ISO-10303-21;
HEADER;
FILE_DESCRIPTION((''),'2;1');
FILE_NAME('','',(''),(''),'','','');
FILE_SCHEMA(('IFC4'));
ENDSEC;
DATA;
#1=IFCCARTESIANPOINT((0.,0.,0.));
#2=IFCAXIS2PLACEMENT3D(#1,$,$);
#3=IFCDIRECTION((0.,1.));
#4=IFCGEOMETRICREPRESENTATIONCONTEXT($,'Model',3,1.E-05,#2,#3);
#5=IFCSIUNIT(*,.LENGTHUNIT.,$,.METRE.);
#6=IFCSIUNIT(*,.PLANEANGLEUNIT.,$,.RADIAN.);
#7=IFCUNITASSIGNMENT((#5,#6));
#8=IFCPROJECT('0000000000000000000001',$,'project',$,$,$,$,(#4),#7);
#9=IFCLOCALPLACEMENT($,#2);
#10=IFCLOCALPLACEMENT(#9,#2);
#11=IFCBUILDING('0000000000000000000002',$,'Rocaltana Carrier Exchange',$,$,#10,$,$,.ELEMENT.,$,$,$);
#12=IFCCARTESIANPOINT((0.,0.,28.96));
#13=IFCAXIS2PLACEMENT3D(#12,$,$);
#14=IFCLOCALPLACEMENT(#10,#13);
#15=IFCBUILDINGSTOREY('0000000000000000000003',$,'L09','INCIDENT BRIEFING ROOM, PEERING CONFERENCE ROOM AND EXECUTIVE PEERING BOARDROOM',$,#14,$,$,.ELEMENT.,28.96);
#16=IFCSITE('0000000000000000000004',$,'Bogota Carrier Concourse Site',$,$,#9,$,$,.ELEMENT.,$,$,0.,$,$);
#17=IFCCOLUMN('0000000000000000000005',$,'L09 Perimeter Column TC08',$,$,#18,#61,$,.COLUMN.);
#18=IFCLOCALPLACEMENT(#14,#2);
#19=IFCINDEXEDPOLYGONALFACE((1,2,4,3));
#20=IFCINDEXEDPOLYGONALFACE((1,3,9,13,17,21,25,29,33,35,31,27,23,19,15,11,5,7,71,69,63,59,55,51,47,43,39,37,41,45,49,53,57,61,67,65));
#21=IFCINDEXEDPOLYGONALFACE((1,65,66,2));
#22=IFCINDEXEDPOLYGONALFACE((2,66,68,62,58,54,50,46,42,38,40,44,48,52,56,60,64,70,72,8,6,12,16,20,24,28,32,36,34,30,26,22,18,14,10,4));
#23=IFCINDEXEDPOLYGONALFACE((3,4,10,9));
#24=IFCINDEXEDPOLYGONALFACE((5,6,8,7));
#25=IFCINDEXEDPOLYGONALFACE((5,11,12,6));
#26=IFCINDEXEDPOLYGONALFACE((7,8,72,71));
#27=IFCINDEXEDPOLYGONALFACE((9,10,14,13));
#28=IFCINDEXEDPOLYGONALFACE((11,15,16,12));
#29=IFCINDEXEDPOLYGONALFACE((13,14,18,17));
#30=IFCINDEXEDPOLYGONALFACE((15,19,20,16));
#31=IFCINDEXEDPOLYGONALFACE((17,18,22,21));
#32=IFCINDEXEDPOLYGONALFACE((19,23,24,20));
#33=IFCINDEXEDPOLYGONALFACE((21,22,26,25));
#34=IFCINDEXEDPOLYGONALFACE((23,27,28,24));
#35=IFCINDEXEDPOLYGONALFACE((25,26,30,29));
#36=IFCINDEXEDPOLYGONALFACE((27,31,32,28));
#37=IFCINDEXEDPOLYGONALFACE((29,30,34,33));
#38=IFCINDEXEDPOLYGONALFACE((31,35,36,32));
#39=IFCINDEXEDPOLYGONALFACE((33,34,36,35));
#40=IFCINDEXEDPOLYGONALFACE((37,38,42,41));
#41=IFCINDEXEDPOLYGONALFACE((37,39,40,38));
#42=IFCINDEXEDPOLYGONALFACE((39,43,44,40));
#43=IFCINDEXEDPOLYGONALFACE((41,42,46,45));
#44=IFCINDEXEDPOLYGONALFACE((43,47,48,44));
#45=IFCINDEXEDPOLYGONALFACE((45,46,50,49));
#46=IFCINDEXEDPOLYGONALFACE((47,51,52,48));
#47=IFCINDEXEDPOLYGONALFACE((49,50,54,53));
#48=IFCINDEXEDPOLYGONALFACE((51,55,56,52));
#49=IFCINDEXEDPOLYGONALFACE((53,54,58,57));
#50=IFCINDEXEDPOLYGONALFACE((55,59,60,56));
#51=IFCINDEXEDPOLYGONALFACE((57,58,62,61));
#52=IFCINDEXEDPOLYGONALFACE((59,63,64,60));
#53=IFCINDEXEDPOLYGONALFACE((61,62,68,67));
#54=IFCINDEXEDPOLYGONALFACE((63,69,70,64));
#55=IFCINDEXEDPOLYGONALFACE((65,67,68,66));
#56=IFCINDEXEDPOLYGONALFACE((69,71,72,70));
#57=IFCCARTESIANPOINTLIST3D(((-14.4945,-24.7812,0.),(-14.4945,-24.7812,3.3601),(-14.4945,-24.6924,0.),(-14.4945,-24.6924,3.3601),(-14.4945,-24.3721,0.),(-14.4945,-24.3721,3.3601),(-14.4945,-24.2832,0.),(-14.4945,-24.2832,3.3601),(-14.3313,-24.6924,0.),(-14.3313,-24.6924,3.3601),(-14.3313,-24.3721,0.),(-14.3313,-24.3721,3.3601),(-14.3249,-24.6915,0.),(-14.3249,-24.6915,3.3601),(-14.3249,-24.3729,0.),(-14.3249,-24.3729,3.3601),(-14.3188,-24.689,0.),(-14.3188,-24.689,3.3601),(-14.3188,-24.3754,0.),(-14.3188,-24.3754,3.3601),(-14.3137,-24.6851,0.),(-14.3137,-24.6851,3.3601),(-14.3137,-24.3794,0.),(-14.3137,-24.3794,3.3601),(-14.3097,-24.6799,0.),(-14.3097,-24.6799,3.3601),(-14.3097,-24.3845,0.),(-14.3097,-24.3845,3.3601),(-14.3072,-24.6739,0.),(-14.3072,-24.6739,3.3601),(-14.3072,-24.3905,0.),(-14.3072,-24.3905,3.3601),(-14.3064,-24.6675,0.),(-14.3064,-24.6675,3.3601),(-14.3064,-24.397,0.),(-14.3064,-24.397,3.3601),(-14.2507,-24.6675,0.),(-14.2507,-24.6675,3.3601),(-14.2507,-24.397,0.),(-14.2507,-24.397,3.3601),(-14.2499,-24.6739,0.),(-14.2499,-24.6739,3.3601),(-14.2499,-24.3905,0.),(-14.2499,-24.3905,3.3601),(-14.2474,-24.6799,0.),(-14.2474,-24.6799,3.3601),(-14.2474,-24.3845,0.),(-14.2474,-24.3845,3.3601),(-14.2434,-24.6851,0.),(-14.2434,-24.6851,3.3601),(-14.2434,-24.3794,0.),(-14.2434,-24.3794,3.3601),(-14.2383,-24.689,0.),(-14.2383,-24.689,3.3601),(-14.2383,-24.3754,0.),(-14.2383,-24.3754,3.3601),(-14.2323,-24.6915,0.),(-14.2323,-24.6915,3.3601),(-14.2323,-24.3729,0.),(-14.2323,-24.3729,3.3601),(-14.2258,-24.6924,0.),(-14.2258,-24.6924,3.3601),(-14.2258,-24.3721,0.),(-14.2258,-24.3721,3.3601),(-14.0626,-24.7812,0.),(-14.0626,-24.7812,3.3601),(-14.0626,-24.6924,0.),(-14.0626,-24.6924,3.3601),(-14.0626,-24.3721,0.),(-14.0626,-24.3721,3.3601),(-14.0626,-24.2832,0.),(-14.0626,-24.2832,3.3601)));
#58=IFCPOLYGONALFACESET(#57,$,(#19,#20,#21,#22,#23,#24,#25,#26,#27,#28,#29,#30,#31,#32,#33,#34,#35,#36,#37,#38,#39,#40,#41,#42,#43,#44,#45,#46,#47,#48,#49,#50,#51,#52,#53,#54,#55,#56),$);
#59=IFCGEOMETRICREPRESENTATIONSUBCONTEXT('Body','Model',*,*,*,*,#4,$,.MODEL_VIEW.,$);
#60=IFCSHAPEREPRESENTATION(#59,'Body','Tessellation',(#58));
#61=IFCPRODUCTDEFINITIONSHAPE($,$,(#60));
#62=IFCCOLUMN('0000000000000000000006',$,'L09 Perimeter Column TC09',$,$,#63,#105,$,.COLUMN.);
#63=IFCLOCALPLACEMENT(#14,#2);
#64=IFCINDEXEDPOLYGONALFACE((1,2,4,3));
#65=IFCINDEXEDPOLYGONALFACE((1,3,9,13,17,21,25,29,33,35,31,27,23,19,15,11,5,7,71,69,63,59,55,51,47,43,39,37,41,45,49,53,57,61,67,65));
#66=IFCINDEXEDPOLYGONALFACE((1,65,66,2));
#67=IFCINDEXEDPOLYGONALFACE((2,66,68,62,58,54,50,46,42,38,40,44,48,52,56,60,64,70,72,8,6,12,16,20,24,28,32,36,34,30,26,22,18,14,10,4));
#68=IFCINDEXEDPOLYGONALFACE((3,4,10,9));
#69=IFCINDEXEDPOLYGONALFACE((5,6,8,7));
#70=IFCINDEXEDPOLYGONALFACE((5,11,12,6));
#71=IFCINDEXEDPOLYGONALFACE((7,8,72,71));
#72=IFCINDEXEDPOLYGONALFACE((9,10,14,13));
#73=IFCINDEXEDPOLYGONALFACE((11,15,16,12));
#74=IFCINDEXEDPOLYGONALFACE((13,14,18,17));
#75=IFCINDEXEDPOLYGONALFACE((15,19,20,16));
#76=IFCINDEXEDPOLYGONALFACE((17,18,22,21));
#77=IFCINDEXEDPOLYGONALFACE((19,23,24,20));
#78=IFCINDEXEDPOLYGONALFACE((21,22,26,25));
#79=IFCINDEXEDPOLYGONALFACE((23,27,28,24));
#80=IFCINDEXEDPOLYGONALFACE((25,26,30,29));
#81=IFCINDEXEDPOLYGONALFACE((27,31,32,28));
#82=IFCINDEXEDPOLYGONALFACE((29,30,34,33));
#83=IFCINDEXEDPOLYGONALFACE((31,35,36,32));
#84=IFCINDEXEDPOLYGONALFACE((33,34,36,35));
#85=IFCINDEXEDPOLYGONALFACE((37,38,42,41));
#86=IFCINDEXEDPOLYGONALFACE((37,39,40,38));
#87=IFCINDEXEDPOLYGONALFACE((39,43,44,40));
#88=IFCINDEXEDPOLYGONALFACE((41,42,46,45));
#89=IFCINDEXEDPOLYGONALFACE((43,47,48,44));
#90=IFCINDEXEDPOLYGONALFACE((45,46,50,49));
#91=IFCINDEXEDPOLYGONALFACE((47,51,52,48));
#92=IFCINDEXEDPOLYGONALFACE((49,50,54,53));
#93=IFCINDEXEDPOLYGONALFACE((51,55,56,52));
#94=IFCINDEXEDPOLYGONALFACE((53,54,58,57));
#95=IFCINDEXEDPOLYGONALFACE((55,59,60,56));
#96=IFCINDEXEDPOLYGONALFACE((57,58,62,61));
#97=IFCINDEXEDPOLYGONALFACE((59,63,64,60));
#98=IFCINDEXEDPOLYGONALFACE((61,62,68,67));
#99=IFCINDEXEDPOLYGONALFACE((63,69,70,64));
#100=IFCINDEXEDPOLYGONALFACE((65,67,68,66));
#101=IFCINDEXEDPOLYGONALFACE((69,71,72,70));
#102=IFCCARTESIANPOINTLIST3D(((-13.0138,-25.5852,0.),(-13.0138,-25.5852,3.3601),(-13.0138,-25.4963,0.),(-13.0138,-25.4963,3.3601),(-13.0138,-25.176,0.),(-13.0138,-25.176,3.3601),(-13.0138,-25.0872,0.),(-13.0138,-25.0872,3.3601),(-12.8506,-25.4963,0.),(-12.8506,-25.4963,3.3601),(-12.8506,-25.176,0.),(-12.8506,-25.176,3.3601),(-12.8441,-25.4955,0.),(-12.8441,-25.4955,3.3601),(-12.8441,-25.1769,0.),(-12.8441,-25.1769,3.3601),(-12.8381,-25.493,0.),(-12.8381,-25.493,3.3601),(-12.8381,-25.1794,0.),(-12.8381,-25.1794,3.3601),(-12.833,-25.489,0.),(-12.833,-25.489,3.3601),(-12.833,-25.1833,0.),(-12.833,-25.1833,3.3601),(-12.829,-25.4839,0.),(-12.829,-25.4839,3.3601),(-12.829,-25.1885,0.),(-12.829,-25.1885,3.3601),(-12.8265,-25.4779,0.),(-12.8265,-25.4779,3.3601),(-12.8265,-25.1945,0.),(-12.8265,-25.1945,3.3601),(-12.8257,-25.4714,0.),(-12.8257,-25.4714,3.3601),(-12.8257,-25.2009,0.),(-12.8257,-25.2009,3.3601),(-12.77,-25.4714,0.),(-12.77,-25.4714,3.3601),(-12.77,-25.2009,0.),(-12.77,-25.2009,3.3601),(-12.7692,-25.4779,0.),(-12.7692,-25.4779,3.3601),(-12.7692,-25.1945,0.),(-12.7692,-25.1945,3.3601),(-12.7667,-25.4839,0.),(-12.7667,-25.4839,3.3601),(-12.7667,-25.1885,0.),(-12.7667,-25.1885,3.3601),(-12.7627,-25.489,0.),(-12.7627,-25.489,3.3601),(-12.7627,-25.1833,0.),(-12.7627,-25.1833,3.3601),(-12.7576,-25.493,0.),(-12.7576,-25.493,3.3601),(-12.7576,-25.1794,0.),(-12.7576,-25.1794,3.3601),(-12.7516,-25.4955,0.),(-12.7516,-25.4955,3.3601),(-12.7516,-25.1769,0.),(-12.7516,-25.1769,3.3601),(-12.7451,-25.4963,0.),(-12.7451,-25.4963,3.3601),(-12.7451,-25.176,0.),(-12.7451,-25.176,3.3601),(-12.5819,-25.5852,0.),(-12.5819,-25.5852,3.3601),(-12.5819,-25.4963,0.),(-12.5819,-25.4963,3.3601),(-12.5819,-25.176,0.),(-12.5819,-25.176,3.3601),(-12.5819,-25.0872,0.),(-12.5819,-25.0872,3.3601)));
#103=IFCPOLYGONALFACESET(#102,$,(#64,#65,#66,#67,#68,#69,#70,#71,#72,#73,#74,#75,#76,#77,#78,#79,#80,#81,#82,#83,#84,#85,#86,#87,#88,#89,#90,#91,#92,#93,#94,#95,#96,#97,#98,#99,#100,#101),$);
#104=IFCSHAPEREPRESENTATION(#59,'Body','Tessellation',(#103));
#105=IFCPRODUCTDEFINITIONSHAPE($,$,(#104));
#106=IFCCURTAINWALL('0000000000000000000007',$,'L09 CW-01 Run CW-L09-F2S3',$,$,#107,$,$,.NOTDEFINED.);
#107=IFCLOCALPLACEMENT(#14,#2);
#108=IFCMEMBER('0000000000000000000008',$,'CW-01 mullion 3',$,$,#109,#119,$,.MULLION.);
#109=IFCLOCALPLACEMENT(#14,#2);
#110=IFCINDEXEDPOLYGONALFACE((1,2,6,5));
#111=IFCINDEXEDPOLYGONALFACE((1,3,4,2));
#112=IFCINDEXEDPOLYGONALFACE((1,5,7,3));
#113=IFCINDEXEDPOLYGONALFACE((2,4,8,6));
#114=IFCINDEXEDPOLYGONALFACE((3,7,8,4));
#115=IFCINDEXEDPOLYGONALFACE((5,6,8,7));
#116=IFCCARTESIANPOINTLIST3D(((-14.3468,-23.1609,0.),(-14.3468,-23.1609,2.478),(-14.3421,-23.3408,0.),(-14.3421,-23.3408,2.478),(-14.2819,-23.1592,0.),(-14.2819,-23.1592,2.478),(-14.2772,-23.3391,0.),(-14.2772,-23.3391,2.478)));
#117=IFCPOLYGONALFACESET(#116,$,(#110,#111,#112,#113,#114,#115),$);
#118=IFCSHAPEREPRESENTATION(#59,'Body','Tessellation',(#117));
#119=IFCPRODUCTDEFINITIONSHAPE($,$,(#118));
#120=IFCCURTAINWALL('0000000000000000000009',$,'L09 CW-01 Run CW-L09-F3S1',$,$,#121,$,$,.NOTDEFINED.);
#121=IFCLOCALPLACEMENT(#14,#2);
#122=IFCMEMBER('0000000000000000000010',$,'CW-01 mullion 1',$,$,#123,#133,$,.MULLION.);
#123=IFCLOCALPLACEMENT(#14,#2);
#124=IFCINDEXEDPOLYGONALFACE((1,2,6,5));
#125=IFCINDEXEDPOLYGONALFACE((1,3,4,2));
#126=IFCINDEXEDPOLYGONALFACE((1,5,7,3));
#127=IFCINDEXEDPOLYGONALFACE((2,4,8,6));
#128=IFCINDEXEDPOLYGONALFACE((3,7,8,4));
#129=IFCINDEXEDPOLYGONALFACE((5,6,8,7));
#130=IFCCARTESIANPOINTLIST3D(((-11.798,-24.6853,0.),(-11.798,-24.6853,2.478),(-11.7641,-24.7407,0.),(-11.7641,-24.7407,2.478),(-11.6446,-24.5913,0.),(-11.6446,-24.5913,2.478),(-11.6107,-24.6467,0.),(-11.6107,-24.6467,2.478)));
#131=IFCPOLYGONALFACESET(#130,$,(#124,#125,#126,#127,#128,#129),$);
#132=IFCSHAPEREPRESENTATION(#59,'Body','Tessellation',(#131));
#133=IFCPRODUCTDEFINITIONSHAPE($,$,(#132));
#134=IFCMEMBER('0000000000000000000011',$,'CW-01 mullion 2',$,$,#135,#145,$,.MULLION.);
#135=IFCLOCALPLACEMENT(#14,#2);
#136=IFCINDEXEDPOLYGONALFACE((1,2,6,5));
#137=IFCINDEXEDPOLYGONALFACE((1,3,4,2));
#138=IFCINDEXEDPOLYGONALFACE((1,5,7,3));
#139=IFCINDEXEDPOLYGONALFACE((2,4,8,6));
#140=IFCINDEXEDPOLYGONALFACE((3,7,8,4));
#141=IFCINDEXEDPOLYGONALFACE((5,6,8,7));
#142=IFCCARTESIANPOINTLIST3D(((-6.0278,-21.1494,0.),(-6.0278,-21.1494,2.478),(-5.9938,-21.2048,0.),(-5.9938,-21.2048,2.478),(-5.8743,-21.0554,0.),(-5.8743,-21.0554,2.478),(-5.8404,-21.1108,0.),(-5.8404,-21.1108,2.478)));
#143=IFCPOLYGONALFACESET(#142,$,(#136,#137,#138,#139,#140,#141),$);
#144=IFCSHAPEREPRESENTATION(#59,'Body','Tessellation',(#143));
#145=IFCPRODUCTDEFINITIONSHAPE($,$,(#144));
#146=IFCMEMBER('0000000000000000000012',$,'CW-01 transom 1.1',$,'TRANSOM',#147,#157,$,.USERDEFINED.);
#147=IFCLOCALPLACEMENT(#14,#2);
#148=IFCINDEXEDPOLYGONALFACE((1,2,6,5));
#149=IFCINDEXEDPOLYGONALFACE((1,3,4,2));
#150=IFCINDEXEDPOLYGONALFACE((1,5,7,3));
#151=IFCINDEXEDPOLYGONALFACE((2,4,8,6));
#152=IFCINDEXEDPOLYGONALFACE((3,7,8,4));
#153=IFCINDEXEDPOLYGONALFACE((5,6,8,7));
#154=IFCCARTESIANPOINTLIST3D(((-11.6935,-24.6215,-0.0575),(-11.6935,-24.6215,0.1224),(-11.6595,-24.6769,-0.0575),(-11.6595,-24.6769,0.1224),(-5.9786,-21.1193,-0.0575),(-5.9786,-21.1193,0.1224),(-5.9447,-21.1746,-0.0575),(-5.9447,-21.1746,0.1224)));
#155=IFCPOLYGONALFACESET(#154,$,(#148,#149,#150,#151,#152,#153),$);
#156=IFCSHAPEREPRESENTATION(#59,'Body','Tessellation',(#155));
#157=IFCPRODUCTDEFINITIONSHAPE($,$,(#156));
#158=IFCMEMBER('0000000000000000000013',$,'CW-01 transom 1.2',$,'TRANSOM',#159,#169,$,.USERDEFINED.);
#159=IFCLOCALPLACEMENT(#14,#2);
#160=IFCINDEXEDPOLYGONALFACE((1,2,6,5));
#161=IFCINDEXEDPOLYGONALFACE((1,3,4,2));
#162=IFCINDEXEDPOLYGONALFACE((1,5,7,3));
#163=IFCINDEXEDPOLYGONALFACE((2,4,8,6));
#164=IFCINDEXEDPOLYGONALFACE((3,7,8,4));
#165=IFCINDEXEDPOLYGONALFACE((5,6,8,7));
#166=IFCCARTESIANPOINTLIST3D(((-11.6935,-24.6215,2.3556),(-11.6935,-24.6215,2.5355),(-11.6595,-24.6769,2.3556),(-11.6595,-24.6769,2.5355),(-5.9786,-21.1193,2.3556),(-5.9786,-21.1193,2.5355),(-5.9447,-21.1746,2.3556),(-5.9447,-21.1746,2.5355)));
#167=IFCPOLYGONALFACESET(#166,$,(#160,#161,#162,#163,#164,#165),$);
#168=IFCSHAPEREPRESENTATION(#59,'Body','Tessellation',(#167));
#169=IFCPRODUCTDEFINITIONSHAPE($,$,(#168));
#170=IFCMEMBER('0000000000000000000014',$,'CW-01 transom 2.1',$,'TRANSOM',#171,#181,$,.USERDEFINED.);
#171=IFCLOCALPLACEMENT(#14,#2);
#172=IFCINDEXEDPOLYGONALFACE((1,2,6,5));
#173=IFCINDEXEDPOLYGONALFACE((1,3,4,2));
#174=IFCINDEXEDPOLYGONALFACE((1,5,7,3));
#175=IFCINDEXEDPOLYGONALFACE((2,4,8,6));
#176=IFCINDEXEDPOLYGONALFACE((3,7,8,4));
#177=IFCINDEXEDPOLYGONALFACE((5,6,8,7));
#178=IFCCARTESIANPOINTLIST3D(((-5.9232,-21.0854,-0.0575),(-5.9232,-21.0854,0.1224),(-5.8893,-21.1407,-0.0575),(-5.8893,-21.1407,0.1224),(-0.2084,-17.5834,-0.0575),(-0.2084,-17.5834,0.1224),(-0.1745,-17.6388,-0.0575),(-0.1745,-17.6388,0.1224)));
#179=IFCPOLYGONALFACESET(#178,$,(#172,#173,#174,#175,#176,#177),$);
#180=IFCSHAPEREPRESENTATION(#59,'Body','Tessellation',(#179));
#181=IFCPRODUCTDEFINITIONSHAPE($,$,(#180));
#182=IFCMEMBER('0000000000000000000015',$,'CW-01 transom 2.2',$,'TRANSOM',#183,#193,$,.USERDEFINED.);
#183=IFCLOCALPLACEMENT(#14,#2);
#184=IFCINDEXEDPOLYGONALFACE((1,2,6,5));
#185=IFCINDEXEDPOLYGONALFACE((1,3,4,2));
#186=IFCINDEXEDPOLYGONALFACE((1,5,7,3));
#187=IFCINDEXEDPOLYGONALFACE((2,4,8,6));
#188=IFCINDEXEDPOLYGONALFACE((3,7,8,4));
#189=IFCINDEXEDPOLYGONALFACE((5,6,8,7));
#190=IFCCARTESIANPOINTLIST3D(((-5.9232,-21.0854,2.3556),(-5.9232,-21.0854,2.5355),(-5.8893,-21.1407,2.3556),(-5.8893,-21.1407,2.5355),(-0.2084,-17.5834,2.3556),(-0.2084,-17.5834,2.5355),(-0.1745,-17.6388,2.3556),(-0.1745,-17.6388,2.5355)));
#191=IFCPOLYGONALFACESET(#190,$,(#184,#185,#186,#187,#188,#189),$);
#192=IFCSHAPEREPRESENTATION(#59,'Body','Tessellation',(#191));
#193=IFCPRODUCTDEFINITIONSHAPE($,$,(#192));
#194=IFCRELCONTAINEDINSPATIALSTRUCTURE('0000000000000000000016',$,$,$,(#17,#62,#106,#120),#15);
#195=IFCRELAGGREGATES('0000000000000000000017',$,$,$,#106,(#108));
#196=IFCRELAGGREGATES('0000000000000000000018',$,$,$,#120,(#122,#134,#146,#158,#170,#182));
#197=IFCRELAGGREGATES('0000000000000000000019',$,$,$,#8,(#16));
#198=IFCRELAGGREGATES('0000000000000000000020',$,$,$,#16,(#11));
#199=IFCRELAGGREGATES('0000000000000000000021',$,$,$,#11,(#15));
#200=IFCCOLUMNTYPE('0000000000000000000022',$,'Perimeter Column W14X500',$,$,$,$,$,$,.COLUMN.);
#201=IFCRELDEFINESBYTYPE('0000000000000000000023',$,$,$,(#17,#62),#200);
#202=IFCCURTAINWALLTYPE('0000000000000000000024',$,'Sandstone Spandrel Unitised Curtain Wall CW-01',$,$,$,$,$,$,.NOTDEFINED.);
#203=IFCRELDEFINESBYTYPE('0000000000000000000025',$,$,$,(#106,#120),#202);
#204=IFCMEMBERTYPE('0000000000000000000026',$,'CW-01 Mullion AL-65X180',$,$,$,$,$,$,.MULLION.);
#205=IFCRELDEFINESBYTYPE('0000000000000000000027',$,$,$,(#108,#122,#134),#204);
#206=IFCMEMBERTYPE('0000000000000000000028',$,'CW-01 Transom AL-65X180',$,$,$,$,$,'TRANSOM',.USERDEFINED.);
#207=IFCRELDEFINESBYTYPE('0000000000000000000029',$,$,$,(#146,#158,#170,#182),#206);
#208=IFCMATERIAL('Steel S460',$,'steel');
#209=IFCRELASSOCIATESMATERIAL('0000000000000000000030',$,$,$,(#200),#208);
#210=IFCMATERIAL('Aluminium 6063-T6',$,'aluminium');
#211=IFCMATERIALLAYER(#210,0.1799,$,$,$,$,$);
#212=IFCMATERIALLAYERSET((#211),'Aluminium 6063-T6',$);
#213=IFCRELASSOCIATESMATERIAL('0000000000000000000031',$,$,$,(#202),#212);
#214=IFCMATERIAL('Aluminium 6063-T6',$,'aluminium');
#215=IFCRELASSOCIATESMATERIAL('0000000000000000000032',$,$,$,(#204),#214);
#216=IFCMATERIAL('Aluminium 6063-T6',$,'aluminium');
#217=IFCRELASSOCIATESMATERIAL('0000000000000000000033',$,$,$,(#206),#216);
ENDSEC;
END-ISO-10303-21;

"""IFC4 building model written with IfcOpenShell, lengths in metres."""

from ifc_helpers import new_model, si_unit, direction, frame, origin, origin_2d, place, context, subcontext, project, spatial, rectangle, i_section, extrude, material, layer, layer_set, material_profile, profile_set, type_object, element, aggregate, save


model = new_model("IFC4")

# Units and contexts
model_context = context("Model", 3, precision=1e-05, world=origin(), true_north=direction((0.0, 1.0)))
body_context = subcontext(model_context, "Body", "Model", "MODEL_VIEW")
ifc_project = project(units=[si_unit("LENGTHUNIT", "METRE"), si_unit("PLANEANGLEUNIT", "RADIAN")], contexts=[model_context])

# Site, building, storey
site_placement = place(None, origin())
site = spatial("IfcSite", under=ifc_project, at=site_placement, Name="Bogota Carrier Concourse Site", CompositionType="ELEMENT", RefElevation=0.0)
building_placement = place(site_placement, origin())
building = spatial("IfcBuilding", under=site, at=building_placement, Name="Rocaltana Carrier Exchange", CompositionType="ELEMENT")
storey_placement = place(building_placement, frame((0.0, 0.0, 28.96)))
storey = spatial("IfcBuildingStorey", under=building, at=storey_placement, Name="L09", Description="INCIDENT BRIEFING ROOM, PEERING CONFERENCE ROOM AND EXECUTIVE PEERING BOARDROOM", CompositionType="ELEMENT", Elevation=28.96)

# Columns
ifc_material_1 = material(Name="Steel S460", Category="steel")
ifc_material_profile_1 = material_profile(ifc_material_1, i_section(OverallWidth=0.4319, OverallDepth=0.498, WebThickness=0.0557, FlangeThickness=0.0889, FilletRadius=0.0249, at=origin_2d()), Name="W14X500")
ifc_profile_set_1 = profile_set([ifc_material_profile_1], Name="Steel S460")
column_type = type_object("IfcColumnType", Name="Perimeter Column W14X500", PredefinedType="COLUMN", material=ifc_profile_set_1)
for number, where, z_axis, x_axis, name in (
    (1, (-14.2786, -24.5322, 0.0), (0.0, 0.0, 1.0), (1.0, 0.0, 0.0), "L09 Perimeter Column TC08"),
    (2, (-12.7979, -25.3362, 0.0), (0.0, 0.0, 1.0), (1.0, 0.0, 0.0), "L09 Perimeter Column TC09"),
):
    element("IfcColumn", number, at=place(storey_placement, frame(where, z_axis=z_axis, x_axis=x_axis)), inside=storey, type_object=column_type, Name=name, PredefinedType="COLUMN", context=body_context, shape_type="SweptSolid", body=[
        extrude(i_section(OverallWidth=0.4319, OverallDepth=0.498, WebThickness=0.0557, FlangeThickness=0.0889, FilletRadius=0.0249, at=origin_2d()), origin(), (0.0, 0.0, 1.0), 3.3601),
    ])

# Curtain wall, member
ifc_material_2 = material(Name="Aluminium 6063-T6", Category="aluminium")
ifc_layer_1 = layer(ifc_material_2, 0.1799)
ifc_layer_set_1 = layer_set([ifc_layer_1], Name="Aluminium 6063-T6")
curtain_wall_type = type_object("IfcCurtainWallType", Name="Sandstone Spandrel Unitised Curtain Wall CW-01", PredefinedType="NOTDEFINED", material=ifc_layer_set_1)
curtain_wall_1_placement = place(storey_placement, origin())
curtain_wall_1 = element("IfcCurtainWall", 3, at=curtain_wall_1_placement, inside=storey, type_object=curtain_wall_type, Name="L09 CW-01 Run CW-L09-F2S3", PredefinedType="NOTDEFINED")
ifc_material_3 = material(Name="Aluminium 6063-T6", Category="aluminium")
ifc_material_profile_2 = material_profile(ifc_material_3, rectangle(XDim=0.0649, YDim=0.1799, at=origin_2d()), Name="AL-65X180")
ifc_profile_set_2 = profile_set([ifc_material_profile_2], Name="Aluminium 6063-T6")
member_type_1 = type_object("IfcMemberType", Name="CW-01 Mullion AL-65X180", PredefinedType="MULLION", material=ifc_profile_set_2)
member_1_placement = place(storey_placement, frame((-14.312, -23.25, 0.0), z_axis=(0.0, 0.0, 1.0), x_axis=(0.999657, 0.026184, 0.0)))
member_1 = element("IfcMember", 4, at=member_1_placement, type_object=member_type_1, Name="CW-01 mullion 3", PredefinedType="MULLION", context=body_context, shape_type="SweptSolid", body=[
    extrude(rectangle(XDim=0.0649, YDim=0.1799, at=origin_2d()), origin(), (0.0, 0.0, 1.0), 2.478),
])
aggregate(curtain_wall_1, [member_1])

# Curtain wall, members
curtain_wall_2_placement = place(storey_placement, origin())
curtain_wall_2 = element("IfcCurtainWall", 5, at=curtain_wall_2_placement, inside=storey, type_object=curtain_wall_type, Name="L09 CW-01 Run CW-L09-F3S1", PredefinedType="NOTDEFINED")
member_2_placement = place(storey_placement, frame((-11.7043, -24.666, 0.0), z_axis=(0.0, 0.0, 1.0), x_axis=(-0.522505, 0.852636, 0.0)))
member_2 = element("IfcMember", 6, at=member_2_placement, type_object=member_type_1, Name="CW-01 mullion 1", PredefinedType="MULLION", context=body_context, shape_type="SweptSolid", body=[
    extrude(rectangle(XDim=0.0649, YDim=0.1799, at=origin_2d()), origin(), (0.0, 0.0, 1.0), 2.478),
])
member_3_placement = place(storey_placement, frame((-5.9341, -21.1301, 0.0), z_axis=(0.0, 0.0, 1.0), x_axis=(-0.522505, 0.852636, 0.0)))
member_3 = element("IfcMember", 7, at=member_3_placement, type_object=member_type_1, Name="CW-01 mullion 2", PredefinedType="MULLION", context=body_context, shape_type="SweptSolid", body=[
    extrude(rectangle(XDim=0.0649, YDim=0.1799, at=origin_2d()), origin(), (0.0, 0.0, 1.0), 2.478),
])
ifc_material_4 = material(Name="Aluminium 6063-T6", Category="aluminium")
ifc_material_profile_3 = material_profile(ifc_material_4, rectangle(XDim=0.0649, YDim=0.1799, at=origin_2d()), Name="AL-65X180")
ifc_profile_set_3 = profile_set([ifc_material_profile_3], Name="Aluminium 6063-T6")
member_type_2 = type_object("IfcMemberType", Name="CW-01 Transom AL-65X180", ElementType="TRANSOM", PredefinedType="USERDEFINED", material=ifc_profile_set_3)
member_4_placement = place(storey_placement, frame((-11.6765, -24.6492, 0.0325), z_axis=(0.852631, 0.522513, 0.0), x_axis=(-0.522513, 0.852631, 0.0)))
member_4 = element("IfcMember", 8, at=member_4_placement, type_object=member_type_2, Name="CW-01 transom 1.1", ObjectType="TRANSOM", PredefinedType="USERDEFINED", context=body_context, shape_type="SweptSolid", body=[
    extrude(rectangle(XDim=0.0649, YDim=0.1799, at=origin_2d()), origin(), (0.0, 0.0, 1.0), 6.7026),
])
member_5_placement = place(storey_placement, frame((-11.6765, -24.6492, 2.4456), z_axis=(0.852631, 0.522513, 0.0), x_axis=(-0.522513, 0.852631, 0.0)))
member_5 = element("IfcMember", 9, at=member_5_placement, type_object=member_type_2, Name="CW-01 transom 1.2", ObjectType="TRANSOM", PredefinedType="USERDEFINED", context=body_context, shape_type="SweptSolid", body=[
    extrude(rectangle(XDim=0.0649, YDim=0.1799, at=origin_2d()), origin(), (0.0, 0.0, 1.0), 6.7026),
])
member_6_placement = place(storey_placement, frame((-5.9062, -21.113, 0.0325), z_axis=(0.852647, 0.522487, 0.0), x_axis=(-0.522487, 0.852647, 0.0)))
member_6 = element("IfcMember", 10, at=member_6_placement, type_object=member_type_2, Name="CW-01 transom 2.1", ObjectType="TRANSOM", PredefinedType="USERDEFINED", context=body_context, shape_type="SweptSolid", body=[
    extrude(rectangle(XDim=0.0649, YDim=0.1799, at=origin_2d()), origin(), (0.0, 0.0, 1.0), 6.7024),
])
member_7_placement = place(storey_placement, frame((-5.9062, -21.113, 2.4456), z_axis=(0.852647, 0.522487, 0.0), x_axis=(-0.522487, 0.852647, 0.0)))
member_7 = element("IfcMember", 11, at=member_7_placement, type_object=member_type_2, Name="CW-01 transom 2.2", ObjectType="TRANSOM", PredefinedType="USERDEFINED", context=body_context, shape_type="SweptSolid", body=[
    extrude(rectangle(XDim=0.0649, YDim=0.1799, at=origin_2d()), origin(), (0.0, 0.0, 1.0), 6.7024),
])

aggregate(curtain_wall_2, [member_2, member_3, member_4, member_5, member_6, member_7])

save(model, "model.ifc")
